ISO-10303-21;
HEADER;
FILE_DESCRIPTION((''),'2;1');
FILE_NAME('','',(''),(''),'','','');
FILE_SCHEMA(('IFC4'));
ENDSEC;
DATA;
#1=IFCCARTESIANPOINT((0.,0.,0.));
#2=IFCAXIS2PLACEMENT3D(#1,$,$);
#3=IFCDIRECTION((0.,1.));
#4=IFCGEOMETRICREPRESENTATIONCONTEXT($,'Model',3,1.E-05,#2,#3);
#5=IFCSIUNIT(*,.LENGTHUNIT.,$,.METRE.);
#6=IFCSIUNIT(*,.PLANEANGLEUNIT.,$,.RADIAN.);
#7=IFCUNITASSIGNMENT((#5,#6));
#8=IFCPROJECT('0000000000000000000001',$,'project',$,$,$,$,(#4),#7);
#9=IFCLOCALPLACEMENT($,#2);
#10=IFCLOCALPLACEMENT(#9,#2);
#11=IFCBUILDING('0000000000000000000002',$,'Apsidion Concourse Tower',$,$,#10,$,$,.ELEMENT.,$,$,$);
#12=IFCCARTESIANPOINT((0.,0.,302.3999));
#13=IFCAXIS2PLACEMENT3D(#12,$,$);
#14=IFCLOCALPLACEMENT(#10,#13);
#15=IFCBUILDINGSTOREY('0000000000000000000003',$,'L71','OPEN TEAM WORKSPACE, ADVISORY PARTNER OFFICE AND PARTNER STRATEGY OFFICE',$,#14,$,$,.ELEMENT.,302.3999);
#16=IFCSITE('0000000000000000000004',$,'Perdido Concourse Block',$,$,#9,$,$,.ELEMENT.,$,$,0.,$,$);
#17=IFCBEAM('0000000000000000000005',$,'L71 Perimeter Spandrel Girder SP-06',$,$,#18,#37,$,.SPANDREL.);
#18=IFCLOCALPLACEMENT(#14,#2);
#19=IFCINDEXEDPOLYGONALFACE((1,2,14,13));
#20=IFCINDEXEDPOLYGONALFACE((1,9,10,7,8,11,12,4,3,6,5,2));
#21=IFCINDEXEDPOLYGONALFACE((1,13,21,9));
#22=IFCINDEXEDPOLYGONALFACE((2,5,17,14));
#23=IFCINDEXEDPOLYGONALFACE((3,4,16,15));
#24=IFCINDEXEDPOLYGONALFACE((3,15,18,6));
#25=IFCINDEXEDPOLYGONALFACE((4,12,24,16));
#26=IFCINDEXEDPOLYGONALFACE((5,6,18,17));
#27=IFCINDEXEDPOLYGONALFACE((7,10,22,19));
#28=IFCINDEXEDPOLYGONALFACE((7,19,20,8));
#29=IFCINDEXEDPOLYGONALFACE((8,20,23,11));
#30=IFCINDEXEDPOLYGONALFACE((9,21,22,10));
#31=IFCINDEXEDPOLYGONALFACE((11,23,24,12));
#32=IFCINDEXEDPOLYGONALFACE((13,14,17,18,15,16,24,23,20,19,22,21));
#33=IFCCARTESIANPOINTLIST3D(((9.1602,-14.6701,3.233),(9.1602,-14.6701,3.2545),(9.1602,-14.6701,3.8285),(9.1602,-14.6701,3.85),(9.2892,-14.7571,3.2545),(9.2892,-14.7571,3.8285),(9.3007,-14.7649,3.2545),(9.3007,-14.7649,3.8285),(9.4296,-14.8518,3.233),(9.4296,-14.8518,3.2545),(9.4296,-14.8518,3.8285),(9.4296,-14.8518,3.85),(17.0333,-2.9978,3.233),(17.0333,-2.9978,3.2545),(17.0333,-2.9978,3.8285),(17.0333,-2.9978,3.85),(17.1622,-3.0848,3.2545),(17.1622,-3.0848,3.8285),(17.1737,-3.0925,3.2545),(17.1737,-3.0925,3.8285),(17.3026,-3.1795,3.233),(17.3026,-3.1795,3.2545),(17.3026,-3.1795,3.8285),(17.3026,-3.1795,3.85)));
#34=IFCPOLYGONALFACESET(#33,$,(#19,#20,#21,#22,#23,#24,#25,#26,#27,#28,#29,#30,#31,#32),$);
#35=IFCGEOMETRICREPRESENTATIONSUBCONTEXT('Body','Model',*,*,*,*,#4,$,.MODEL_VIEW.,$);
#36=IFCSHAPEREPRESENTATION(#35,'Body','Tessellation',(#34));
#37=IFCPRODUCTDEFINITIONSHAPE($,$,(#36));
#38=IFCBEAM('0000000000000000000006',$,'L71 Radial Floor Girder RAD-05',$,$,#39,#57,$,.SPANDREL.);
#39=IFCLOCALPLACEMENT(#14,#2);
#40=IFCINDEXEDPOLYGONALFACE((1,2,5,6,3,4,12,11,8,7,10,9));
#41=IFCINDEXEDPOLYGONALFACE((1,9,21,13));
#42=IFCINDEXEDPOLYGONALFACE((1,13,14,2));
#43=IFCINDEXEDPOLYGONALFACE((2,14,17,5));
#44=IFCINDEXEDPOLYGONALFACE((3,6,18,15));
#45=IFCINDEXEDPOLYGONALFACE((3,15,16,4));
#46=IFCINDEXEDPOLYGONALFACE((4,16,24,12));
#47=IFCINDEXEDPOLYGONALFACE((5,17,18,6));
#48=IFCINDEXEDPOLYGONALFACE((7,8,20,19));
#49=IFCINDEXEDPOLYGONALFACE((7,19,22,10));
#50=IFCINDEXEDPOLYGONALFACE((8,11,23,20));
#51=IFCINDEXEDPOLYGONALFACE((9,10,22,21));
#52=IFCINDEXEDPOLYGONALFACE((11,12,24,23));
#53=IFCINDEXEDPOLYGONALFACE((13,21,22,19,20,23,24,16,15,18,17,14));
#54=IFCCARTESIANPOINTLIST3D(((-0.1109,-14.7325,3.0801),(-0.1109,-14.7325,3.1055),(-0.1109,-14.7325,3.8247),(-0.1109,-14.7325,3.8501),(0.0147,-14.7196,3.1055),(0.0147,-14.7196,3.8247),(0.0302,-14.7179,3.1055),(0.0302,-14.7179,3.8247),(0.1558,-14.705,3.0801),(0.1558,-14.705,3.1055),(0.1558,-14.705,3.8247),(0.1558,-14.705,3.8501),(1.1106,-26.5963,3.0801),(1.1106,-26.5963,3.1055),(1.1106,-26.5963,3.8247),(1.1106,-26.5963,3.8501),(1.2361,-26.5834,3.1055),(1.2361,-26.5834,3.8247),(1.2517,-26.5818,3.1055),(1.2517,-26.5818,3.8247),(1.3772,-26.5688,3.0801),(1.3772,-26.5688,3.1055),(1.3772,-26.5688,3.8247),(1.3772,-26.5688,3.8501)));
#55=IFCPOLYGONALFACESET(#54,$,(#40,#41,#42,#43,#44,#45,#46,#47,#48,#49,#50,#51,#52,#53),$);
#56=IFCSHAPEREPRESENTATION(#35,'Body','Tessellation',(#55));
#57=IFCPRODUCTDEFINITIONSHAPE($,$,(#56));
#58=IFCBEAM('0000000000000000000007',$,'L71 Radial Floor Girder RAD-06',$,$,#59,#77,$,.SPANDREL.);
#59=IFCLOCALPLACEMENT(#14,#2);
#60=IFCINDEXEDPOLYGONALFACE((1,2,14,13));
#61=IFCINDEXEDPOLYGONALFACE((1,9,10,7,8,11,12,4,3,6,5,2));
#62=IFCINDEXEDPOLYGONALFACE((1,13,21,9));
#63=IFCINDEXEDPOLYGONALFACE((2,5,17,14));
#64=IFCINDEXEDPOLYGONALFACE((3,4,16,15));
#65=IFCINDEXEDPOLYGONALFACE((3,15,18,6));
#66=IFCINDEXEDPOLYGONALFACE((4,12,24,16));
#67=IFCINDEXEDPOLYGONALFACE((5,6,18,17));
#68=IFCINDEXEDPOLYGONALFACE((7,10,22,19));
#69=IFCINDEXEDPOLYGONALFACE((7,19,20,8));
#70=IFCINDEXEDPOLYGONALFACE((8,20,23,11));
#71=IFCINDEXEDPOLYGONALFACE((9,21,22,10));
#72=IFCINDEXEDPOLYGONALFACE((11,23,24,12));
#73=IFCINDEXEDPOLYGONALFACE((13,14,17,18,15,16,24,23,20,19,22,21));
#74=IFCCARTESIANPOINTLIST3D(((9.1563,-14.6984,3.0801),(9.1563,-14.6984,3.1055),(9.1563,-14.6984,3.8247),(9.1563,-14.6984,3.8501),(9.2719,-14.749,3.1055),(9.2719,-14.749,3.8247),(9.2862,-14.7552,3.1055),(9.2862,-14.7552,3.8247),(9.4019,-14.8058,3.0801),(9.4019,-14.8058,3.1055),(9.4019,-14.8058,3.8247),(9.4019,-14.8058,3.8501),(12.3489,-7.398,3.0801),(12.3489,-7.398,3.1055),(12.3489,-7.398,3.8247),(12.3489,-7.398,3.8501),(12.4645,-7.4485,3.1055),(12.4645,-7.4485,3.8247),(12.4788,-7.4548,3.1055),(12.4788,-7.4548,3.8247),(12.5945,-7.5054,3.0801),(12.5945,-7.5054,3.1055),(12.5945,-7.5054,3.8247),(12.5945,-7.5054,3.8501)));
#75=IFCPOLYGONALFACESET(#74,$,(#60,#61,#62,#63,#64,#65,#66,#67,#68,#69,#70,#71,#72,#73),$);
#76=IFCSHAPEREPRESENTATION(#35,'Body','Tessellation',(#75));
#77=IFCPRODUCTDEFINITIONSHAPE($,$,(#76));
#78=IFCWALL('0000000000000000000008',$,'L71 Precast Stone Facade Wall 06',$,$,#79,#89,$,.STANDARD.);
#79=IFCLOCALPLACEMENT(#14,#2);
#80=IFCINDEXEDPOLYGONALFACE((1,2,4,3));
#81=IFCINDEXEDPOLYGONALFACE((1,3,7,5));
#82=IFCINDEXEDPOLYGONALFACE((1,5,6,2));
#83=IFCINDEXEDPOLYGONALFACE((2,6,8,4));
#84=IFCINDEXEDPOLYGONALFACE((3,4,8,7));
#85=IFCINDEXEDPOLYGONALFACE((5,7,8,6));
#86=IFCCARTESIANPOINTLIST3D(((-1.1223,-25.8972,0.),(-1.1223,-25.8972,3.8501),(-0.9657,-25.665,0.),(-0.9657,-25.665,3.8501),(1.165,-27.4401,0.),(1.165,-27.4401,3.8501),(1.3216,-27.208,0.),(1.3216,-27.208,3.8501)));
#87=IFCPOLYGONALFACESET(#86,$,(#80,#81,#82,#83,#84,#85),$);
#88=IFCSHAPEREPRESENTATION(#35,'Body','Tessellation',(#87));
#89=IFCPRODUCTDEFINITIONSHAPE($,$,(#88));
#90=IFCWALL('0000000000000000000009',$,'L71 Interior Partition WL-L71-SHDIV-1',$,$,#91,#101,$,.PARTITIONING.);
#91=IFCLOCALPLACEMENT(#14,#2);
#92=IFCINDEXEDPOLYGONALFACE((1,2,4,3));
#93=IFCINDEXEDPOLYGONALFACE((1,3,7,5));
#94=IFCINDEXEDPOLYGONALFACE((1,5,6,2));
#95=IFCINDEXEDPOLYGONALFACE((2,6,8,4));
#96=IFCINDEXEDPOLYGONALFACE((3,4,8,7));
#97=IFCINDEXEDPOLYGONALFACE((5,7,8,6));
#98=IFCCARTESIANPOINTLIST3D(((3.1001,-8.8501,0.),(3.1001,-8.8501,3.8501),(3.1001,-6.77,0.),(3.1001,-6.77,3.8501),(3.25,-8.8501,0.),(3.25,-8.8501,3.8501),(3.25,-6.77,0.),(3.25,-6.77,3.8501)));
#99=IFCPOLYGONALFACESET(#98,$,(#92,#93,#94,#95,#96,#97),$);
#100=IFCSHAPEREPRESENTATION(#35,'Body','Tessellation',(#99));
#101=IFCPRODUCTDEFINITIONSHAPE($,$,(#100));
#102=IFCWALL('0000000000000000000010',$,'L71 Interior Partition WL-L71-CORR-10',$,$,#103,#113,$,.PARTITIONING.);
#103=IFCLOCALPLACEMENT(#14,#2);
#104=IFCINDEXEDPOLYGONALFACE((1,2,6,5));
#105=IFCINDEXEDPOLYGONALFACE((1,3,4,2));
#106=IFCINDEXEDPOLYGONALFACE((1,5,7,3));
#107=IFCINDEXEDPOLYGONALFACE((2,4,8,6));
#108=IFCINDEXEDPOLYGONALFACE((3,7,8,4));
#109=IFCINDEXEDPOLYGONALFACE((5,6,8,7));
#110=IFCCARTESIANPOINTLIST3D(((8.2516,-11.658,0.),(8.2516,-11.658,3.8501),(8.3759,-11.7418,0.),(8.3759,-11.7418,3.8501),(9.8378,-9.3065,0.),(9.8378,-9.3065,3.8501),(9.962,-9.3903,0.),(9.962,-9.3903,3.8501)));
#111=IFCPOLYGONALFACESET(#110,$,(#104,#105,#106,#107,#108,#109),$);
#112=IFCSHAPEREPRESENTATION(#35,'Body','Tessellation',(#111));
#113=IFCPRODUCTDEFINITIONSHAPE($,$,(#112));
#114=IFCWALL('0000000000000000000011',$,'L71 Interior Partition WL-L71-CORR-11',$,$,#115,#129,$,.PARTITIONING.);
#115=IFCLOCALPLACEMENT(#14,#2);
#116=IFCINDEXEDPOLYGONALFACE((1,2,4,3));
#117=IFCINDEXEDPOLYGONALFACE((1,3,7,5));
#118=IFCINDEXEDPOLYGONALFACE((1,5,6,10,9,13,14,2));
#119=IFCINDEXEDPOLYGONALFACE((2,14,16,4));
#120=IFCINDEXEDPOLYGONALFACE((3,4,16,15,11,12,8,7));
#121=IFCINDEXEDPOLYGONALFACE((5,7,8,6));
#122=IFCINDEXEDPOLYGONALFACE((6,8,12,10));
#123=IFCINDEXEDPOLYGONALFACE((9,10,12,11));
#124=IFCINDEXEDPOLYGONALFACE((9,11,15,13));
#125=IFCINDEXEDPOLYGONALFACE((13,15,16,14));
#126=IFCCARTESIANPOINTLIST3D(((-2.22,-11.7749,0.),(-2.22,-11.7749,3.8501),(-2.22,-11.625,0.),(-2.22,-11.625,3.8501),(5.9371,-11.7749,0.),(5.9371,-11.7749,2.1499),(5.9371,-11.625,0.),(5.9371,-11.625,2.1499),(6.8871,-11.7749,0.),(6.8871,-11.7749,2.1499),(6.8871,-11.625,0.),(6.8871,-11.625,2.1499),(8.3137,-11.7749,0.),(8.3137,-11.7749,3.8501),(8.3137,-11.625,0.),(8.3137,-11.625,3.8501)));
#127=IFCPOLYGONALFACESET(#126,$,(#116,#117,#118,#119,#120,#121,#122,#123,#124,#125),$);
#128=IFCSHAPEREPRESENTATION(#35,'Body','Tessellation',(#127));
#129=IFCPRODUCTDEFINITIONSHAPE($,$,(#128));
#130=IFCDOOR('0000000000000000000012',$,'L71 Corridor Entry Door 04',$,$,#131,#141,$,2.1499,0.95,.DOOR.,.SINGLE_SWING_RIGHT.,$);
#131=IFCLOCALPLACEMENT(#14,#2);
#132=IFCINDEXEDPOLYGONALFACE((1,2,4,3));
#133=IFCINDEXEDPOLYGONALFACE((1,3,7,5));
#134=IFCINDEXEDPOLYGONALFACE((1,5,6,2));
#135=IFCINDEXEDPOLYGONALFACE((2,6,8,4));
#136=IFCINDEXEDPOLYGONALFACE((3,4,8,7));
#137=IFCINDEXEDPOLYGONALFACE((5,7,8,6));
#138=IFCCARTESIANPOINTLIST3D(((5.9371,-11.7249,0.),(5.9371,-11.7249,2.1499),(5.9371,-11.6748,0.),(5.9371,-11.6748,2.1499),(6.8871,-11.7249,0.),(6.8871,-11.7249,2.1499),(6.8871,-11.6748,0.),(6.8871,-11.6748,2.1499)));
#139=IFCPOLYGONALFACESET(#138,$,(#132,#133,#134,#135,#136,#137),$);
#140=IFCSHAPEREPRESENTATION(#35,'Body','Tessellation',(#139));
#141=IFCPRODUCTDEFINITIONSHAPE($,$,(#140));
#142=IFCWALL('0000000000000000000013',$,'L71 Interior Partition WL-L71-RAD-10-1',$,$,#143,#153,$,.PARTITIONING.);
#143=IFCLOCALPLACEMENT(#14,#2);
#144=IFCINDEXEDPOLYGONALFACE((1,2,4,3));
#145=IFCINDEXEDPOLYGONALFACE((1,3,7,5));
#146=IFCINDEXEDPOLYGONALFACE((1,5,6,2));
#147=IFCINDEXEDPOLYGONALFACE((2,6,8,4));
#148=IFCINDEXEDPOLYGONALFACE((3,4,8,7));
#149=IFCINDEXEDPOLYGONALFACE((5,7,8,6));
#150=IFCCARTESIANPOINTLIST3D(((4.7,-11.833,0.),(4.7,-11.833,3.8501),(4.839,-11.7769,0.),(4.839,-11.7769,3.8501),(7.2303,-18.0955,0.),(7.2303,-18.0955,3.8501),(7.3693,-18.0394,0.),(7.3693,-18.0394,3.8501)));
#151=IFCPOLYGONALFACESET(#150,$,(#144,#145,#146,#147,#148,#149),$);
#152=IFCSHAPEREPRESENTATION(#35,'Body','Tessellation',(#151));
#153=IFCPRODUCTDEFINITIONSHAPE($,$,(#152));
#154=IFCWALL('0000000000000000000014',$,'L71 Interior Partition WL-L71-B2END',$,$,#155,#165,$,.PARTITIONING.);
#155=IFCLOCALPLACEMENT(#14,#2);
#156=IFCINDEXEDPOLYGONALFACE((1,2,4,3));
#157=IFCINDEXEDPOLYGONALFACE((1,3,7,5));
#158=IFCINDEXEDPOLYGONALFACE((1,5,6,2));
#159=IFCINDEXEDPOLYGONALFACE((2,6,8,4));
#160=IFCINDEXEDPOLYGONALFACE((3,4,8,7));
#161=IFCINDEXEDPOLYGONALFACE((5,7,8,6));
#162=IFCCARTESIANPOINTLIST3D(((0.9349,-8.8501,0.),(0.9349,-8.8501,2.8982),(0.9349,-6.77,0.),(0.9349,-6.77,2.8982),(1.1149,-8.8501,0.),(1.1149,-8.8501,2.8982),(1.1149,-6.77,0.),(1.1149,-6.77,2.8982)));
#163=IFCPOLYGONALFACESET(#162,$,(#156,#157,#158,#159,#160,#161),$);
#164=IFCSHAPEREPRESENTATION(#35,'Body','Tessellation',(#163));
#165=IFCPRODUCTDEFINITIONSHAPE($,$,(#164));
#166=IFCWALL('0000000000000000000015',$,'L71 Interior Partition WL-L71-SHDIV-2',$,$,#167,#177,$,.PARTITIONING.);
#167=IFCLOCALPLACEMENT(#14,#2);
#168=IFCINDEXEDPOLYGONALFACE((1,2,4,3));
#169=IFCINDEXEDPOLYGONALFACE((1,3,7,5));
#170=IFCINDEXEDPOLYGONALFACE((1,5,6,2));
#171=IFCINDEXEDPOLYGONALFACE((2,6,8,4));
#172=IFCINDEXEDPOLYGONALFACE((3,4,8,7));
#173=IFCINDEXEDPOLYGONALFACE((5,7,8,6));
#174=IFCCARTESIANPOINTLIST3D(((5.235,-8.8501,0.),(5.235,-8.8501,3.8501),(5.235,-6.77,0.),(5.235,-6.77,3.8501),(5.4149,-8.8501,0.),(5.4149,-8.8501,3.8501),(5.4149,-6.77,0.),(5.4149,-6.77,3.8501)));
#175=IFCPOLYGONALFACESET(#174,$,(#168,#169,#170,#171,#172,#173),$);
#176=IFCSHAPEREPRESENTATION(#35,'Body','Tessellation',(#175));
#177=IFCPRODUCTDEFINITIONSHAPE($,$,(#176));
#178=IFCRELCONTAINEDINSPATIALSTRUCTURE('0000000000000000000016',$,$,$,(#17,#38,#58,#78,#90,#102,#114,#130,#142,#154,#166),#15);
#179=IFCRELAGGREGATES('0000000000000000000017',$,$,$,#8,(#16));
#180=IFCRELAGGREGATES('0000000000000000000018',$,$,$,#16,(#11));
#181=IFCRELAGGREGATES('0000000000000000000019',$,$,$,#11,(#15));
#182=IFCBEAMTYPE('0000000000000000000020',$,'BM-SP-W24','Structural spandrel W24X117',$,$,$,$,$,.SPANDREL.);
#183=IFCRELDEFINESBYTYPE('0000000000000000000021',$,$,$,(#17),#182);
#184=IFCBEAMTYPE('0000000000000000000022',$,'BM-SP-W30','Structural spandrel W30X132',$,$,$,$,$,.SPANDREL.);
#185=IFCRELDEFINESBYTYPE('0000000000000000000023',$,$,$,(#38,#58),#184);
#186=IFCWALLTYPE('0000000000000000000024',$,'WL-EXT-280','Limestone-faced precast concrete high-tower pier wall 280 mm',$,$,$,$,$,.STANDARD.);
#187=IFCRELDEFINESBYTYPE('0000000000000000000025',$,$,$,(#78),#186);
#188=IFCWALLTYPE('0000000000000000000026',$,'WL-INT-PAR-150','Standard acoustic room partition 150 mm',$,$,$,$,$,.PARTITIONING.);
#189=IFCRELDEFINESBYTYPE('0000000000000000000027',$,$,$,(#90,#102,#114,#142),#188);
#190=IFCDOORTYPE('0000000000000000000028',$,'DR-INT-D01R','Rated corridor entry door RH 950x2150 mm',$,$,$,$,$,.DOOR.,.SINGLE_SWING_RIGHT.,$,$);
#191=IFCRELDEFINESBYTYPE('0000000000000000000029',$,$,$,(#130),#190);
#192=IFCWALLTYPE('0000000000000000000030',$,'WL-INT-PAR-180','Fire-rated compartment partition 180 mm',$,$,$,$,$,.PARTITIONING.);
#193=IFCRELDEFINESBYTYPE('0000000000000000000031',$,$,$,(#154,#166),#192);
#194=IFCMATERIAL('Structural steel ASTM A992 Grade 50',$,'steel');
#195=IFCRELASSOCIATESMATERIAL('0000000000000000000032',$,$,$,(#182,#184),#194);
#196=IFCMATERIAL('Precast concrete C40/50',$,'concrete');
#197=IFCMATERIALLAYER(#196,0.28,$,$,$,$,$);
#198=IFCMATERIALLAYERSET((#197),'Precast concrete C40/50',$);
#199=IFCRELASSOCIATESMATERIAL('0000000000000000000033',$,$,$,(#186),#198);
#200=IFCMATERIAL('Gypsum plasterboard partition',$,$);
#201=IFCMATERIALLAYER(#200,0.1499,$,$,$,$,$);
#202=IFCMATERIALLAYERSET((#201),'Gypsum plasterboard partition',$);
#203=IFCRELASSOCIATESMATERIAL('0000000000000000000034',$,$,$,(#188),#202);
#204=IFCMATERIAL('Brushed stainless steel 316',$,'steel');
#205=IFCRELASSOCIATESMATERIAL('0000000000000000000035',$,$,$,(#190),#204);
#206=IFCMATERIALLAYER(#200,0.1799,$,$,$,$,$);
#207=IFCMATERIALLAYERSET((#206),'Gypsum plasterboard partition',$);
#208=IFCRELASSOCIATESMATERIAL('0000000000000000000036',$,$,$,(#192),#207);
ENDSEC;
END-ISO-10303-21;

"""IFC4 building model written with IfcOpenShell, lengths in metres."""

from ifc_helpers import new_model, si_unit, direction, frame, frame_2d, origin, origin_2d, place, context, subcontext, project, spatial, rectangle, i_section, extrude, material, layer, layer_set, material_profile, profile_set, type_object, element, fill, save


model = new_model("IFC4")

# Units and contexts
model_context = context("Model", 3, precision=1e-05, world=origin(), true_north=direction((0.0, 1.0)))
body_context = subcontext(model_context, "Body", "Model", "MODEL_VIEW")
ifc_project = project(units=[si_unit("LENGTHUNIT", "METRE"), si_unit("PLANEANGLEUNIT", "RADIAN")], contexts=[model_context])

# Site, building, storey
site_placement = place(None, origin())
site = spatial("IfcSite", under=ifc_project, at=site_placement, Name="Perdido Concourse Block", CompositionType="ELEMENT", RefElevation=0.0)
building_placement = place(site_placement, origin())
building = spatial("IfcBuilding", under=site, at=building_placement, Name="Apsidion Concourse Tower", CompositionType="ELEMENT")
storey_placement = place(building_placement, frame((0.0, 0.0, 302.3999)))
storey = spatial("IfcBuildingStorey", under=building, at=storey_placement, Name="L71", Description="OPEN TEAM WORKSPACE, ADVISORY PARTNER OFFICE AND PARTNER STRATEGY OFFICE", CompositionType="ELEMENT", Elevation=302.3999)

# Shared definitions
ifc_material_1 = material(Name="Structural steel ASTM A992 Grade 50", Category="steel")

# Beams
ifc_material_profile_1 = material_profile(ifc_material_1, i_section(OverallWidth=0.325, OverallDepth=0.6169, WebThickness=0.0139, FlangeThickness=0.0215, at=origin_2d()), Name="W24X117")
ifc_profile_set_1 = profile_set([ifc_material_profile_1], Name="Structural steel ASTM A992 Grade 50")
beam_type_1 = type_object("IfcBeamType", Name="BM-SP-W24", Description="Structural spandrel W24X117", PredefinedType="SPANDREL", material=ifc_profile_set_1)
beam_1_placement = place(storey_placement, frame((9.2949, -14.761, 3.5415), z_axis=(0.55919, 0.82904, 0.0), x_axis=(-0.82904, 0.55919, 0.0)))
element("IfcBeam", 1, at=beam_1_placement, inside=storey, type_object=beam_type_1, Name="L71 Perimeter Spandrel Girder SP-06", PredefinedType="SPANDREL", context=body_context, shape_type="SweptSolid", body=[
    extrude(i_section(OverallWidth=0.325, OverallDepth=0.6169, WebThickness=0.0139, FlangeThickness=0.0215, at=origin_2d()), origin(), (0.0, 0.0, 1.0), 14.0793),
])
ifc_material_profile_2 = material_profile(ifc_material_1, i_section(OverallWidth=0.2681, OverallDepth=0.77, WebThickness=0.0156, FlangeThickness=0.0254, at=origin_2d()), Name="W30X132")
ifc_profile_set_2 = profile_set([ifc_material_profile_2], Name="Structural steel ASTM A992 Grade 50")
beam_type_2 = type_object("IfcBeamType", Name="BM-SP-W30", Description="Structural spandrel W30X132", PredefinedType="SPANDREL", material=ifc_profile_set_2)
beam_2_placement = place(storey_placement, frame((0.0225, -14.7188, 3.4651), z_axis=(0.102414, -0.994742, 0.0), x_axis=(0.994742, 0.102414, 0.0)))
element("IfcBeam", 2, at=beam_2_placement, inside=storey, type_object=beam_type_2, Name="L71 Radial Floor Girder RAD-05", PredefinedType="SPANDREL", context=body_context, shape_type="SweptSolid", body=[
    extrude(i_section(OverallWidth=0.2681, OverallDepth=0.77, WebThickness=0.0156, FlangeThickness=0.0254, at=origin_2d()), origin(), (0.0, 0.0, 1.0), 11.9265),
])
beam_3_placement = place(storey_placement, frame((12.4717, -7.4517, 3.4651), z_axis=(-0.400676, -0.91622, 0.0), x_axis=(0.91622, -0.400676, 0.0)))
element("IfcBeam", 3, at=beam_3_placement, inside=storey, type_object=beam_type_2, Name="L71 Radial Floor Girder RAD-06", PredefinedType="SPANDREL", context=body_context, shape_type="SweptSolid", body=[
    extrude(i_section(OverallWidth=0.2681, OverallDepth=0.77, WebThickness=0.0156, FlangeThickness=0.0254, at=origin_2d()), origin(), (0.0, 0.0, 1.0), 7.968),
])

# Walls
ifc_material_2 = material(Name="Precast concrete C40/50", Category="concrete")
ifc_layer_1 = layer(ifc_material_2, 0.28)
ifc_layer_set_1 = layer_set([ifc_layer_1], Name="Precast concrete C40/50")
wall_type_1 = type_object("IfcWallType", Name="WL-EXT-280", Description="Limestone-faced precast concrete high-tower pier wall 280 mm", PredefinedType="STANDARD", material=ifc_layer_set_1)
wall_1_placement = place(storey_placement, frame((1.2432, -27.324, 0.0), z_axis=(0.0, 0.0, 1.0), x_axis=(-0.829016, 0.559225, 0.0)))
element("IfcWall", 4, at=wall_1_placement, inside=storey, type_object=wall_type_1, Name="L71 Precast Stone Facade Wall 06", PredefinedType="STANDARD", context=body_context, shape_type="SweptSolid", body=[
    extrude(rectangle(XDim=2.759, YDim=0.28, at=frame_2d((1.3794, 0.0))), origin(), (0.0, 0.0, 1.0), 3.8501),
])
ifc_material_3 = material(Name="Gypsum plasterboard partition")
ifc_layer_2 = layer(ifc_material_3, 0.1499)
ifc_layer_set_2 = layer_set([ifc_layer_2], Name="Gypsum plasterboard partition")
wall_type_2 = type_object("IfcWallType", Name="WL-INT-PAR-150", Description="Standard acoustic room partition 150 mm", PredefinedType="PARTITIONING", material=ifc_layer_set_2)
wall_2_placement = place(storey_placement, frame((3.175, -8.8501, 0.0), z_axis=(0.0, 0.0, 1.0), x_axis=(0.0, 1.0, 0.0)))
element("IfcWall", 5, at=wall_2_placement, inside=storey, type_object=wall_type_2, Name="L71 Interior Partition WL-L71-SHDIV-1", PredefinedType="PARTITIONING", context=body_context, shape_type="SweptSolid", body=[
    extrude(rectangle(XDim=2.0801, YDim=0.1499, at=frame_2d((1.04, 0.0))), origin(), (0.0, 0.0, 1.0), 3.8501),
])
wall_3_placement = place(storey_placement, frame((9.8999, -9.3484, 0.0), z_axis=(0.0, 0.0, 1.0), x_axis=(-0.559201, -0.829032, 0.0)))
element("IfcWall", 6, at=wall_3_placement, inside=storey, type_object=wall_type_2, Name="L71 Interior Partition WL-L71-CORR-10", PredefinedType="PARTITIONING", context=body_context, shape_type="SweptSolid", body=[
    extrude(rectangle(XDim=2.8364, YDim=0.1499, at=frame_2d((1.4182, 0.0))), origin(), (0.0, 0.0, 1.0), 3.8501),
])

# Wall, opening, door
wall_4_placement = place(storey_placement, frame((8.3137, -11.7, 0.0), z_axis=(0.0, 0.0, 1.0), x_axis=(-1.0, 0.0, 0.0)))
wall_4 = element("IfcWall", 7, at=wall_4_placement, inside=storey, type_object=wall_type_2, Name="L71 Interior Partition WL-L71-CORR-11", PredefinedType="PARTITIONING", context=body_context, shape_type="SweptSolid", body=[
    extrude(rectangle(XDim=10.5337, YDim=0.1499, at=frame_2d((5.2668, 0.0))), origin(), (0.0, 0.0, 1.0), 3.8501),
])
opening_1_placement = place(wall_4_placement, frame((1.4265, 0.0, 0.0)))
opening_1 = element("IfcOpeningElement", 8, at=opening_1_placement, cuts=wall_4, PredefinedType="OPENING", context=body_context, shape_type="SweptSolid", body=[
    extrude(rectangle(XDim=0.95, YDim=2.1499, at=frame_2d((0.4751, 1.075))), frame((0.0, 0.085, 0.0), z_axis=(0.0, -1.0, 0.0), x_axis=(1.0, 0.0, 0.0)), (0.0, 0.0, 1.0), 0.1699),
])
ifc_material_4 = material(Name="Brushed stainless steel 316", Category="steel")
door_type_1 = type_object("IfcDoorType", Name="DR-INT-D01R", Description="Rated corridor entry door RH 950x2150 mm", OperationType="SINGLE_SWING_RIGHT", PredefinedType="DOOR", material=ifc_material_4)
door_1_placement = place(opening_1_placement, origin())
door_1 = element("IfcDoor", 9, at=door_1_placement, inside=storey, type_object=door_type_1, Name="L71 Corridor Entry Door 04", OperationType="SINGLE_SWING_RIGHT", OverallHeight=2.1499, OverallWidth=0.95, PredefinedType="DOOR", context=body_context, shape_type="SweptSolid", body=[
    extrude(rectangle(XDim=0.95, YDim=2.1499, at=frame_2d((0.4751, 1.075))), frame((0.0, 0.0249, 0.0), z_axis=(0.0, -1.0, 0.0), x_axis=(1.0, 0.0, 0.0)), (0.0, 0.0, 1.0), 0.05),
])
fill(opening_1, door_1)

# Walls
wall_5_placement = place(storey_placement, frame((4.7695, -11.8049, 0.0), z_axis=(0.0, 0.0, 1.0), x_axis=(0.374617, -0.92718, 0.0)))
element("IfcWall", 10, at=wall_5_placement, inside=storey, type_object=wall_type_2, Name="L71 Interior Partition WL-L71-RAD-10-1", PredefinedType="PARTITIONING", context=body_context, shape_type="SweptSolid", body=[
    extrude(rectangle(XDim=6.7544, YDim=0.1499, at=frame_2d((3.3772, 0.0))), origin(), (0.0, 0.0, 1.0), 3.8501),
])
ifc_layer_3 = layer(ifc_material_3, 0.1799)
ifc_layer_set_3 = layer_set([ifc_layer_3], Name="Gypsum plasterboard partition")
wall_type_3 = type_object("IfcWallType", Name="WL-INT-PAR-180", Description="Fire-rated compartment partition 180 mm", PredefinedType="PARTITIONING", material=ifc_layer_set_3)
wall_6_placement = place(storey_placement, frame((1.0249, -8.8501, 0.0), z_axis=(0.0, 0.0, 1.0), x_axis=(0.0, 1.0, 0.0)))
element("IfcWall", 11, at=wall_6_placement, inside=storey, type_object=wall_type_3, Name="L71 Interior Partition WL-L71-B2END", PredefinedType="PARTITIONING", context=body_context, shape_type="SweptSolid", body=[
    extrude(rectangle(XDim=2.0801, YDim=0.1799, at=frame_2d((1.04, 0.0))), origin(), (0.0, 0.0, 1.0), 2.8982),
])
wall_7_placement = place(storey_placement, frame((5.325, -8.8501, 0.0), z_axis=(0.0, 0.0, 1.0), x_axis=(0.0, 1.0, 0.0)))
element("IfcWall", 12, at=wall_7_placement, inside=storey, type_object=wall_type_3, Name="L71 Interior Partition WL-L71-SHDIV-2", PredefinedType="PARTITIONING", context=body_context, shape_type="SweptSolid", body=[
    extrude(rectangle(XDim=2.0801, YDim=0.1799, at=frame_2d((1.04, 0.0))), origin(), (0.0, 0.0, 1.0), 3.8501),
])

save(model, "model.ifc")
